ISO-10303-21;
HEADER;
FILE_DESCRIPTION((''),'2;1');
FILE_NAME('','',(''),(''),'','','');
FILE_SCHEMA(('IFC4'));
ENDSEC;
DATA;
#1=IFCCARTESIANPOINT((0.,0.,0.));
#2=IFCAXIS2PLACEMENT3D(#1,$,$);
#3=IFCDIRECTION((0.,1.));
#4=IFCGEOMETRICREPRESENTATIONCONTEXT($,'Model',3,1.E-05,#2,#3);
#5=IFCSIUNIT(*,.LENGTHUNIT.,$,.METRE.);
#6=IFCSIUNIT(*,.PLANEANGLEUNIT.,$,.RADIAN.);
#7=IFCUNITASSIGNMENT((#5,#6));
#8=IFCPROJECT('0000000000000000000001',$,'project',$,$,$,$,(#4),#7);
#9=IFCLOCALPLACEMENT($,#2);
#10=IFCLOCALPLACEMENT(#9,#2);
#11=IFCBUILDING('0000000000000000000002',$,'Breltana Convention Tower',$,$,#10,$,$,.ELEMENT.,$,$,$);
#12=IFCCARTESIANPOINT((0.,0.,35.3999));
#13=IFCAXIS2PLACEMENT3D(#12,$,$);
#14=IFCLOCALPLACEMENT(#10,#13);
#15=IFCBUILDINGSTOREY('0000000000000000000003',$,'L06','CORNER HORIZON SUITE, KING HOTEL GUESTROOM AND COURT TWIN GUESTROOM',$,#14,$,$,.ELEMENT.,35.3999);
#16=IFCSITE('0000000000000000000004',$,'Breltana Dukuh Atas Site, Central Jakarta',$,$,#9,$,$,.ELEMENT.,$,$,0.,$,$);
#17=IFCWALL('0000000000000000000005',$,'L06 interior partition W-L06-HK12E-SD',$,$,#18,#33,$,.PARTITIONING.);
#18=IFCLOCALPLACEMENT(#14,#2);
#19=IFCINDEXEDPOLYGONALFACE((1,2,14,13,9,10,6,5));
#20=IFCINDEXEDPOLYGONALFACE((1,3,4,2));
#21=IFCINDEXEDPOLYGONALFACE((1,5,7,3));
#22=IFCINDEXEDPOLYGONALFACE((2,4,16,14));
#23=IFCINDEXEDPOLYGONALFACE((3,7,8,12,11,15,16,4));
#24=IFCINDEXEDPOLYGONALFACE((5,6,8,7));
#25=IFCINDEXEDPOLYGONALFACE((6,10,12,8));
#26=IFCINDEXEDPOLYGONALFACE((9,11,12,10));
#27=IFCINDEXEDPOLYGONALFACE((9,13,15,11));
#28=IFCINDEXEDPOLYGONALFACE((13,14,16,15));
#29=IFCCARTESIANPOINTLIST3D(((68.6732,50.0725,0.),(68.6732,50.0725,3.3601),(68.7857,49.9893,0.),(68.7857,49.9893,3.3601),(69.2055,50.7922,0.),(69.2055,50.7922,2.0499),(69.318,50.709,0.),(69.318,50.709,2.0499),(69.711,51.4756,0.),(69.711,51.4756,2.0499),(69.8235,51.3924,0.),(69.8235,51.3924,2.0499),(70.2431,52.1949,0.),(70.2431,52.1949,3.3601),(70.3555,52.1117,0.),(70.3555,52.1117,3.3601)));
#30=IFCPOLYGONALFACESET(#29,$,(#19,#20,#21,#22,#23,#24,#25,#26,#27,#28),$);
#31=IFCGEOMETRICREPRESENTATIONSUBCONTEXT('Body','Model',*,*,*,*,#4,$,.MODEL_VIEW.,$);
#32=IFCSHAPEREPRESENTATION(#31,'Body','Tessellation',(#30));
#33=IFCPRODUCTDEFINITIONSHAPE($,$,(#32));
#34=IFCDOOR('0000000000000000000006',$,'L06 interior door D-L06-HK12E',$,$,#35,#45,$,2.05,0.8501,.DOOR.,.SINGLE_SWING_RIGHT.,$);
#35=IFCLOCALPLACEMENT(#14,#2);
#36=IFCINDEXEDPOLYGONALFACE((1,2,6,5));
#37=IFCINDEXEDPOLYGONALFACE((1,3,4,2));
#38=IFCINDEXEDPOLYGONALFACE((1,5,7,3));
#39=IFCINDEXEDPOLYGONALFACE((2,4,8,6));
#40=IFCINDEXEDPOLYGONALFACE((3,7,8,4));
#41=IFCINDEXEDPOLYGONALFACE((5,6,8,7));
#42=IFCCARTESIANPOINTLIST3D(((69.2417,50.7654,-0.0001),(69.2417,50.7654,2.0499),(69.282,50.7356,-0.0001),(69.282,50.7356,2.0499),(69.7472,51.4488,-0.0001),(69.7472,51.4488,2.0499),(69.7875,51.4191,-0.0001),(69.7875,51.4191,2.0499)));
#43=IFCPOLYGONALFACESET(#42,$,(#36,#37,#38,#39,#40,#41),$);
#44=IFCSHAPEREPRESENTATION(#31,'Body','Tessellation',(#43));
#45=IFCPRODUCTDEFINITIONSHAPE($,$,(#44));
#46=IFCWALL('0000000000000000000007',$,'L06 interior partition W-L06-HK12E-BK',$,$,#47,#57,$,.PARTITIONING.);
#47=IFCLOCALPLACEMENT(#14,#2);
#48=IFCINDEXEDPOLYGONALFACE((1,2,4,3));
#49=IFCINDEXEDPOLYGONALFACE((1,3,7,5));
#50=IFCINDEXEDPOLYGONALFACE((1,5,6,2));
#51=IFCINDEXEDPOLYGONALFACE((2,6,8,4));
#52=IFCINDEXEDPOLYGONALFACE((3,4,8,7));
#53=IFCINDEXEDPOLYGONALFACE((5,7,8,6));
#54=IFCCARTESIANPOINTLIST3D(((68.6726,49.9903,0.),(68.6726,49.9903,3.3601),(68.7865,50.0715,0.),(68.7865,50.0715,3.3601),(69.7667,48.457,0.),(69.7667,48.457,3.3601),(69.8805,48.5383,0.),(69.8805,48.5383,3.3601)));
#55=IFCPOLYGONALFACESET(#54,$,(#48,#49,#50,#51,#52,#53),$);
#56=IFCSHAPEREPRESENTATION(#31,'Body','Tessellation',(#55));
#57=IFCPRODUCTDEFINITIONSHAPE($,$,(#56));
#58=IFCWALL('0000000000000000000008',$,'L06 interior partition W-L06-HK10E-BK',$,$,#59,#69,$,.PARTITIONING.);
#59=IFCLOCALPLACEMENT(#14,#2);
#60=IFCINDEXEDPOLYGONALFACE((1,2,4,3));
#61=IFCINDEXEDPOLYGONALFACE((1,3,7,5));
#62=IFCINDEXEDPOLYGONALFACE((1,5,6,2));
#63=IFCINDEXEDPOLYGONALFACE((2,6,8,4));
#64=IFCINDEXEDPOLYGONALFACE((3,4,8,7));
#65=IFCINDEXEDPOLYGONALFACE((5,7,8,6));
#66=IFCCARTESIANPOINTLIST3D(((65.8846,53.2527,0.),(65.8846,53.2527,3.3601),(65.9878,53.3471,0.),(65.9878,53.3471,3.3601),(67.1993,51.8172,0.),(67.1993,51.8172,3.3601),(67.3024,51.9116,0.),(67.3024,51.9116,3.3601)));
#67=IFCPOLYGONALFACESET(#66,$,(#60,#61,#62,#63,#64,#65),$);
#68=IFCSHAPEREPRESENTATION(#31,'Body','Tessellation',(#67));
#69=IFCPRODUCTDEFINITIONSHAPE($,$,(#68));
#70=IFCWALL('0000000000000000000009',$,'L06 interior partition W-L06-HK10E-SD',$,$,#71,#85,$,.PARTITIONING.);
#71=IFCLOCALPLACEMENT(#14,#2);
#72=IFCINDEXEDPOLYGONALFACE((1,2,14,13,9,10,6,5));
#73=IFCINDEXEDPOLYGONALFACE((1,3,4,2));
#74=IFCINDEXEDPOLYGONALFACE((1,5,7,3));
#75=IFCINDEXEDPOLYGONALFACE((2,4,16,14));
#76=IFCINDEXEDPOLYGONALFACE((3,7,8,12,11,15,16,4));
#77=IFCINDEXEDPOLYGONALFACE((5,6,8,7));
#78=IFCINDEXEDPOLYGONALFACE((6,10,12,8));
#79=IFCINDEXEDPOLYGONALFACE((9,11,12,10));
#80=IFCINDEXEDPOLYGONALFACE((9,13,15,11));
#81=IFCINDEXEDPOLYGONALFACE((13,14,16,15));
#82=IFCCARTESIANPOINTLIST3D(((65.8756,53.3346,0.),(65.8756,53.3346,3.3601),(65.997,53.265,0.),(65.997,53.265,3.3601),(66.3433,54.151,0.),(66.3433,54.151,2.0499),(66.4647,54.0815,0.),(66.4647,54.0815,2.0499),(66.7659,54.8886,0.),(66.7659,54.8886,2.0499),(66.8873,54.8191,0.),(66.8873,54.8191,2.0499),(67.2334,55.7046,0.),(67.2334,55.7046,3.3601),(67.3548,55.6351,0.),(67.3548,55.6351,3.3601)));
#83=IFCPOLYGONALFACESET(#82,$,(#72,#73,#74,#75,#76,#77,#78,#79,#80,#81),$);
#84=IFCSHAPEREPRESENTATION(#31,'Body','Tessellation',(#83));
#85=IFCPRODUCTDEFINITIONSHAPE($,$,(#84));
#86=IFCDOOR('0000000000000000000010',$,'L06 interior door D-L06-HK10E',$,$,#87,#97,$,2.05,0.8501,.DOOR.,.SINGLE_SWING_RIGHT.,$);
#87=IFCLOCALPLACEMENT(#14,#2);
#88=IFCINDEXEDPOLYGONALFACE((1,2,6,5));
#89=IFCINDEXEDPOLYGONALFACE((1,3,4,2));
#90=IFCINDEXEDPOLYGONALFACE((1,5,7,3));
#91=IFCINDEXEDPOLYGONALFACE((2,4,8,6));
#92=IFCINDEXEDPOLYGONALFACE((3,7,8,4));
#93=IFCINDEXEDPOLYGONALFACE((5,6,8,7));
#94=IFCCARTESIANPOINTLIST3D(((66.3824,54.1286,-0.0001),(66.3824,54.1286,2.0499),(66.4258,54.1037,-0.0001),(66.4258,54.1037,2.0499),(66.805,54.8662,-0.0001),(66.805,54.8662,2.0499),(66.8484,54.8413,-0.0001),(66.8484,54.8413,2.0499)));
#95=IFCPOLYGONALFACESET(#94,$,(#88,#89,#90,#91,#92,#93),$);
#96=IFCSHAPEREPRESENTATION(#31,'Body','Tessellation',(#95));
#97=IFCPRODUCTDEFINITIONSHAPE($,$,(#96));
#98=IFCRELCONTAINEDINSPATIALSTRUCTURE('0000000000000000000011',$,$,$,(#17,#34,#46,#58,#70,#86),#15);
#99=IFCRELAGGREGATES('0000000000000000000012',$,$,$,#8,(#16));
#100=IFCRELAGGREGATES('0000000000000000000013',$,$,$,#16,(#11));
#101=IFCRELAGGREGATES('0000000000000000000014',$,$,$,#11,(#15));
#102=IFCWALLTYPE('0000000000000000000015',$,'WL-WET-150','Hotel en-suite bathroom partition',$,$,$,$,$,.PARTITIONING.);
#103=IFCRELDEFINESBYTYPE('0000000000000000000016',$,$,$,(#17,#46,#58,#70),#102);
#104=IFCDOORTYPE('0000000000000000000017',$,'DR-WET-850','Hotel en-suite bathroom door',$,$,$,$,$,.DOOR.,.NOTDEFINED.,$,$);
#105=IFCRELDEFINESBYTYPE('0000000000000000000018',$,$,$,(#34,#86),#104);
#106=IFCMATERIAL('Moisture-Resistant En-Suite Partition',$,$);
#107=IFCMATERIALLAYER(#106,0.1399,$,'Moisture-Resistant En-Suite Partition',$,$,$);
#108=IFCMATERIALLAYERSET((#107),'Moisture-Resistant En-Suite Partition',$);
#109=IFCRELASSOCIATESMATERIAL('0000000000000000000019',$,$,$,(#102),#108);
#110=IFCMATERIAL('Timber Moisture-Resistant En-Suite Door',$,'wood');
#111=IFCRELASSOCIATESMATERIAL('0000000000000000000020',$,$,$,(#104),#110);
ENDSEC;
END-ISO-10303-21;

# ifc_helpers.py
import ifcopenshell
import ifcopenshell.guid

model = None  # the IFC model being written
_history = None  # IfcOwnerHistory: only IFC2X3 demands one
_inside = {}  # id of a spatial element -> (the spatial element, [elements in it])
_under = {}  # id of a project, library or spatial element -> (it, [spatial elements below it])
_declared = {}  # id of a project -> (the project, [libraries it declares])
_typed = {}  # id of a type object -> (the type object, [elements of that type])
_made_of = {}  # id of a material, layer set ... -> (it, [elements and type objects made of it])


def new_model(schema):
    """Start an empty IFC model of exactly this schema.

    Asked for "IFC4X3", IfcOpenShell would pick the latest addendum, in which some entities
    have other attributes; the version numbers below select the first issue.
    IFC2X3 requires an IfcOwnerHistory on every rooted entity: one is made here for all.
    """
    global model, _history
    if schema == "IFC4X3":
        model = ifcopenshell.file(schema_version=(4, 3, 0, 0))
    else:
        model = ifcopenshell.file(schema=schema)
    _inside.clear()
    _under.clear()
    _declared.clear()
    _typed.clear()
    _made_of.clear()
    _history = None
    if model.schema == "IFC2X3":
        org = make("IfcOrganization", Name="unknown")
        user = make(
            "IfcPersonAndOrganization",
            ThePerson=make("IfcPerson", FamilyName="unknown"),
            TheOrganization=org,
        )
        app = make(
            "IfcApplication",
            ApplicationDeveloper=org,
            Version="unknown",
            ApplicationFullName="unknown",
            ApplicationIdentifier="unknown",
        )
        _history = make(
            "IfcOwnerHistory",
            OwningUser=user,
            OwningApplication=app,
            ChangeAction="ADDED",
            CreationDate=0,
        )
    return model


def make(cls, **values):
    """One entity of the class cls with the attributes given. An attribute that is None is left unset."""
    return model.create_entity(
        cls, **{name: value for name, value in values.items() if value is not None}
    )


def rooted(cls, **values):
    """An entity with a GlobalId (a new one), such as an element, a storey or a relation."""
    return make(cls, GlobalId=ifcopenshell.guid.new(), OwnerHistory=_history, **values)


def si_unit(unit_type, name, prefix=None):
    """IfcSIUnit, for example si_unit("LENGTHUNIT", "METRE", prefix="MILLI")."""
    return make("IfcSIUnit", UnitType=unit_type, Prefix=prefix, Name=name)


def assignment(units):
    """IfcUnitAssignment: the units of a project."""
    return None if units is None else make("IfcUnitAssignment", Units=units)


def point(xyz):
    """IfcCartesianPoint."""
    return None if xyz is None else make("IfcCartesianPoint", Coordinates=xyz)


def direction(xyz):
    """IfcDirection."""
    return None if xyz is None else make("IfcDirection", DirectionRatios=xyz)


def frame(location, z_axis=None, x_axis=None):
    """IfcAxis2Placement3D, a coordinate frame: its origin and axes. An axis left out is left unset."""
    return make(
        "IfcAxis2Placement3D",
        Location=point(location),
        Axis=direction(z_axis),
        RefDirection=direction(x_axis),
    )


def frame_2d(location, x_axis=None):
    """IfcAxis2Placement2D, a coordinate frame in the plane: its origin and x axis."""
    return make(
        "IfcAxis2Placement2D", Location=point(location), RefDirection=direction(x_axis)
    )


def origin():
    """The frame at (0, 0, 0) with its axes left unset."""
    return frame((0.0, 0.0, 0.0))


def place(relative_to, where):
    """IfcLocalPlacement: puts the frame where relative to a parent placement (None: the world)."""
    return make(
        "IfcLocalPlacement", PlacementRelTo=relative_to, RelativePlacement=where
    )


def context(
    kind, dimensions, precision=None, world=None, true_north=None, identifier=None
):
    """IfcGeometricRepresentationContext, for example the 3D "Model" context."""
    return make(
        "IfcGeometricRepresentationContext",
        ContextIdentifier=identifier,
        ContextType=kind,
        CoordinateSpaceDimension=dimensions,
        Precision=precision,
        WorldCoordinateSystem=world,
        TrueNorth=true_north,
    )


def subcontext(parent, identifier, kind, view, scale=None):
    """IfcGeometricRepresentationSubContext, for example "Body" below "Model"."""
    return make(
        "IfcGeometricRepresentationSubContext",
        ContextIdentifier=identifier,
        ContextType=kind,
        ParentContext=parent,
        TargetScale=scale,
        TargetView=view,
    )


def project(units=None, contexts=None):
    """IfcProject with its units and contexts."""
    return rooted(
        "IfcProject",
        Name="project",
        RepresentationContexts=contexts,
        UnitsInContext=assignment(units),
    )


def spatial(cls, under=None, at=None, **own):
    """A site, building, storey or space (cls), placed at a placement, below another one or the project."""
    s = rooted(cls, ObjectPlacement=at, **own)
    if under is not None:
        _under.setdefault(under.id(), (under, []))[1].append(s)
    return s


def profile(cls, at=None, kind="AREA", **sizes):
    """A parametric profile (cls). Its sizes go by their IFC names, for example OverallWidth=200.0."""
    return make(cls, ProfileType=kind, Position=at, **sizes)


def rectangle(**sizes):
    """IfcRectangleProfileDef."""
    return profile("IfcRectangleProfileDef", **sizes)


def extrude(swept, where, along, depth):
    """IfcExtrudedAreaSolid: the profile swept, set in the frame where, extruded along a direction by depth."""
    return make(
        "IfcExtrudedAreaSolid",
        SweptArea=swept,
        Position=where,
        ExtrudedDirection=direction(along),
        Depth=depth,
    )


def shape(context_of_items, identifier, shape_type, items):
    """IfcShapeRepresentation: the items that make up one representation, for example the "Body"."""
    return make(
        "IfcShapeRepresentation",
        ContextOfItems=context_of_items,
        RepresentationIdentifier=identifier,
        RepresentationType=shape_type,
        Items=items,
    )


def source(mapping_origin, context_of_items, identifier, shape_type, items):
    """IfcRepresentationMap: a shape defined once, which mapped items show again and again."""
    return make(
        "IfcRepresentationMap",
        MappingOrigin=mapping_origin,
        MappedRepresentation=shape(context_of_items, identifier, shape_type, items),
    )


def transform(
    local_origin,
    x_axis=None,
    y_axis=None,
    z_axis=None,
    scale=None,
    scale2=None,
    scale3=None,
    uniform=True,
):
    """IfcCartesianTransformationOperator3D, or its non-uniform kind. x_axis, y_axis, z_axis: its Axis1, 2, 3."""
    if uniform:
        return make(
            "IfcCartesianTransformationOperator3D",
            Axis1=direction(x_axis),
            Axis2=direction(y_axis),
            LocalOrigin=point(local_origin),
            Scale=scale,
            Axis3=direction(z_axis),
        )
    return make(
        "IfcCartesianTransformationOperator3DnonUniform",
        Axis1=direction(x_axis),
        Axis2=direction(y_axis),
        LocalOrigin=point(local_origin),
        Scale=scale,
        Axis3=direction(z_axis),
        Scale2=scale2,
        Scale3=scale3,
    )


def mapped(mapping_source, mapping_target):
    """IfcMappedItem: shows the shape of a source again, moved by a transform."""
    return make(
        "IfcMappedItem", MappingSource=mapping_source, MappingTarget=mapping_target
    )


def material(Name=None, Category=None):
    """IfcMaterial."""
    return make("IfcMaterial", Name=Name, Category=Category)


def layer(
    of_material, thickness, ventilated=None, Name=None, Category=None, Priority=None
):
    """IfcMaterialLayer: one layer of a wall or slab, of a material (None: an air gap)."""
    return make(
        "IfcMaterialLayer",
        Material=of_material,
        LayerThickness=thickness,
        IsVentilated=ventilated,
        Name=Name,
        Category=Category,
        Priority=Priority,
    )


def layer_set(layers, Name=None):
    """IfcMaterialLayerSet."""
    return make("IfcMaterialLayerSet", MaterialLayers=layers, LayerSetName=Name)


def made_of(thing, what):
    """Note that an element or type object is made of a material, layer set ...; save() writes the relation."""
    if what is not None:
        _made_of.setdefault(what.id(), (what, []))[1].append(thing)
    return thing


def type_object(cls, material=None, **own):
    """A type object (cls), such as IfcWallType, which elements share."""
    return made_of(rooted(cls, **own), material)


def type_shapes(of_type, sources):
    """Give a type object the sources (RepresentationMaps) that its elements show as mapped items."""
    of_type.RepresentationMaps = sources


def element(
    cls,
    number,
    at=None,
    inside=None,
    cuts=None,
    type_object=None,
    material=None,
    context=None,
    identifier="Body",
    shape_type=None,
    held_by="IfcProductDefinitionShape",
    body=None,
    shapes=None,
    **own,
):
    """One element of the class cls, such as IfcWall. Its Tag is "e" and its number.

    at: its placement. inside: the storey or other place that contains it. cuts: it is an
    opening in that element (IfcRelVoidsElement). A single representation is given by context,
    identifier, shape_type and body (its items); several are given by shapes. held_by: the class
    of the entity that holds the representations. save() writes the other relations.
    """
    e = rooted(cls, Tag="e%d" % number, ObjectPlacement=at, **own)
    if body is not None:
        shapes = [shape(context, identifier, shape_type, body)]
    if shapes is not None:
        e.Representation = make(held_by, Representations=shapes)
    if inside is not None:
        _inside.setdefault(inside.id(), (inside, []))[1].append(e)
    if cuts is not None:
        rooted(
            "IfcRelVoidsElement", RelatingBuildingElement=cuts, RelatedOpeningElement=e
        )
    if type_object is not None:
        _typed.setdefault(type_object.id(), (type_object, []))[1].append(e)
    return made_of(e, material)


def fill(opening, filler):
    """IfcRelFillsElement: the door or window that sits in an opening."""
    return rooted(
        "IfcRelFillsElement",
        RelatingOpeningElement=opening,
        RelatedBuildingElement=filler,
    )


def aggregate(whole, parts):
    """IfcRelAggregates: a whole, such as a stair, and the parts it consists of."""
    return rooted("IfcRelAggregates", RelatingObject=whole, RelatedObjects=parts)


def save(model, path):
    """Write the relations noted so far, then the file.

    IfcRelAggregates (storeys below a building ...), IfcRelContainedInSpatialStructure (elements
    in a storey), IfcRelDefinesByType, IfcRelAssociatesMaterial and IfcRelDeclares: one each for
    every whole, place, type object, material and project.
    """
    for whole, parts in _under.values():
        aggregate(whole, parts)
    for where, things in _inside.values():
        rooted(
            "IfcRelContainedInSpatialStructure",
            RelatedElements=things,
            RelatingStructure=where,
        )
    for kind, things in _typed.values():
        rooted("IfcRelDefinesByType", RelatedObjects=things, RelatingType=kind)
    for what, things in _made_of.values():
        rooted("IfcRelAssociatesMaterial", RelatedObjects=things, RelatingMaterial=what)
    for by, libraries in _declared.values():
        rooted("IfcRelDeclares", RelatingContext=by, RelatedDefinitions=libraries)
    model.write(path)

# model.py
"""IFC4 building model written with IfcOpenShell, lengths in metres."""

from ifc_helpers import new_model, si_unit, direction, frame, frame_2d, origin, place, context, subcontext, project, spatial, rectangle, extrude, source, transform, mapped, material, layer, layer_set, type_object, type_shapes, element, fill, save


model = new_model("IFC4")

# Units and contexts
model_context = context("Model", 3, precision=1e-05, world=origin(), true_north=direction((0.0, 1.0)))
body_context = subcontext(model_context, "Body", "Model", "MODEL_VIEW")
ifc_project = project(units=[si_unit("LENGTHUNIT", "METRE"), si_unit("PLANEANGLEUNIT", "RADIAN")], contexts=[model_context])

# Site, building, storey
site_placement = place(None, origin())
site = spatial("IfcSite", under=ifc_project, at=site_placement, Name="Breltana Dukuh Atas Site, Central Jakarta", CompositionType="ELEMENT", RefElevation=0.0)
building_placement = place(site_placement, origin())
building = spatial("IfcBuilding", under=site, at=building_placement, Name="Breltana Convention Tower", CompositionType="ELEMENT")
storey_placement = place(building_placement, frame((0.0, 0.0, 35.3999)))
storey = spatial("IfcBuildingStorey", under=building, at=storey_placement, Name="L06", Description="CORNER HORIZON SUITE, KING HOTEL GUESTROOM AND COURT TWIN GUESTROOM", CompositionType="ELEMENT", Elevation=35.3999)

# Wall, opening, door
ifc_material_1 = material(Name="Moisture-Resistant En-Suite Partition")
ifc_layer_1 = layer(ifc_material_1, 0.1399, Name="Moisture-Resistant En-Suite Partition")
ifc_layer_set_1 = layer_set([ifc_layer_1], Name="Moisture-Resistant En-Suite Partition")
wall_type_1 = type_object("IfcWallType", Name="WL-WET-150", Description="Hotel en-suite bathroom partition", PredefinedType="PARTITIONING", material=ifc_layer_set_1)
shared_shape_1 = source(origin(), body_context, "Body", "SweptSolid", [
    extrude(rectangle(XDim=2.6399, YDim=0.1399, at=frame_2d((1.3198, 0.0))), origin(), (0.0, 0.0, 1.0), 3.3601),
])
wall_1_placement = place(storey_placement, frame((68.7295, 50.031, 0.0), z_axis=(0.0, 0.0, 1.0), x_axis=(0.594674, 0.803967, 0.0)))
wall_1 = element("IfcWall", 1, at=wall_1_placement, inside=storey, type_object=wall_type_1, Name="L06 interior partition W-L06-HK12E-SD", PredefinedType="PARTITIONING", context=body_context, shape_type="MappedRepresentation", body=[
    mapped(shared_shape_1, transform((0.0, 0.0, 0.0), scale=1.0)),
])
opening_1_placement = place(wall_1_placement, frame((0.895, 0.0, 0.0)))
opening_1 = element("IfcOpeningElement", 2, at=opening_1_placement, cuts=wall_1, PredefinedType="OPENING", context=body_context, shape_type="SweptSolid", body=[
    extrude(rectangle(XDim=0.8501, YDim=2.05, at=frame_2d((0.425, 1.0249))), frame((0.0, 0.0801, 0.0), z_axis=(0.0, -1.0, 0.0), x_axis=(1.0, 0.0, 0.0)), (0.0, 0.0, 1.0), 0.1599),
])
ifc_material_2 = material(Name="Timber Moisture-Resistant En-Suite Door", Category="wood")
door_type_1 = type_object("IfcDoorType", Name="DR-WET-850", Description="Hotel en-suite bathroom door", OperationType="NOTDEFINED", PredefinedType="DOOR", material=ifc_material_2)
shared_shape_2 = source(origin(), body_context, "Body", "SweptSolid", [
    extrude(rectangle(XDim=0.8501, YDim=2.05, at=frame_2d((0.425, 1.0249))), frame((0.0, 0.0249, 0.0), z_axis=(0.0, -1.0, 0.0), x_axis=(1.0, 0.0, 0.0)), (0.0, 0.0, 1.0), 0.05),
])
type_shapes(door_type_1, [shared_shape_2])
door_1_placement = place(opening_1_placement, origin())
door_1 = element("IfcDoor", 3, at=door_1_placement, inside=storey, type_object=door_type_1, Name="L06 interior door D-L06-HK12E", OperationType="SINGLE_SWING_RIGHT", OverallHeight=2.05, OverallWidth=0.8501, PredefinedType="DOOR", context=body_context, shape_type="MappedRepresentation", body=[
    mapped(shared_shape_2, transform((0.0, 0.0, 0.0), scale=1.0)),
])
fill(opening_1, door_1)

# Walls
shared_shape_3 = source(origin(), body_context, "Body", "SweptSolid", [
    extrude(rectangle(XDim=1.8835, YDim=0.1399, at=frame_2d((0.9419, 0.0))), origin(), (0.0, 0.0, 1.0), 3.3601),
])
wall_2_placement = place(storey_placement, frame((68.7295, 50.031, 0.0), z_axis=(0.0, 0.0, 1.0), x_axis=(0.580833, -0.814022, 0.0)))
element("IfcWall", 4, at=wall_2_placement, inside=storey, type_object=wall_type_1, Name="L06 interior partition W-L06-HK12E-BK", PredefinedType="PARTITIONING", context=body_context, shape_type="MappedRepresentation", body=[
    mapped(shared_shape_3, transform((0.0, 0.0, 0.0), scale=1.0)),
])
shared_shape_4 = source(origin(), body_context, "Body", "SweptSolid", [
    extrude(rectangle(XDim=1.9465, YDim=0.1399, at=frame_2d((0.9731, 0.0))), origin(), (0.0, 0.0, 1.0), 3.3601),
])
wall_3_placement = place(storey_placement, frame((65.9363, 53.2998, 0.0), z_axis=(0.0, 0.0, 1.0), x_axis=(0.675384, -0.737466, 0.0)))
element("IfcWall", 5, at=wall_3_placement, inside=storey, type_object=wall_type_1, Name="L06 interior partition W-L06-HK10E-BK", PredefinedType="PARTITIONING", context=body_context, shape_type="MappedRepresentation", body=[
    mapped(shared_shape_4, transform((0.0, 0.0, 0.0), scale=1.0)),
])

# Wall, opening, door
shared_shape_5 = source(origin(), body_context, "Body", "SweptSolid", [
    extrude(rectangle(XDim=2.7314, YDim=0.1399, at=frame_2d((1.3657, 0.0))), origin(), (0.0, 0.0, 1.0), 3.3601),
])
wall_4_placement = place(storey_placement, frame((65.9363, 53.2998, 0.0), z_axis=(0.0, 0.0, 1.0), x_axis=(0.49712, 0.867682, 0.0)))
wall_4 = element("IfcWall", 6, at=wall_4_placement, inside=storey, type_object=wall_type_1, Name="L06 interior partition W-L06-HK10E-SD", PredefinedType="PARTITIONING", context=body_context, shape_type="MappedRepresentation", body=[
    mapped(shared_shape_5, transform((0.0, 0.0, 0.0), scale=1.0)),
])
opening_2_placement = place(wall_4_placement, frame((0.9409, 0.0, 0.0)))
opening_2 = element("IfcOpeningElement", 7, at=opening_2_placement, cuts=wall_4, PredefinedType="OPENING", context=body_context, shape_type="SweptSolid", body=[
    extrude(rectangle(XDim=0.8501, YDim=2.05, at=frame_2d((0.425, 1.0249))), frame((0.0, 0.0801, 0.0), z_axis=(0.0, -1.0, 0.0), x_axis=(1.0, 0.0, 0.0)), (0.0, 0.0, 1.0), 0.1599),
])
door_2_placement = place(opening_2_placement, origin())
door_2 = element("IfcDoor", 8, at=door_2_placement, inside=storey, type_object=door_type_1, Name="L06 interior door D-L06-HK10E", OperationType="SINGLE_SWING_RIGHT", OverallHeight=2.05, OverallWidth=0.8501, PredefinedType="DOOR", context=body_context, shape_type="MappedRepresentation", body=[
    mapped(shared_shape_2, transform((0.0, 0.0, 0.0), scale=1.0)),
])
fill(opening_2, door_2)

save(model, "model.ifc")
